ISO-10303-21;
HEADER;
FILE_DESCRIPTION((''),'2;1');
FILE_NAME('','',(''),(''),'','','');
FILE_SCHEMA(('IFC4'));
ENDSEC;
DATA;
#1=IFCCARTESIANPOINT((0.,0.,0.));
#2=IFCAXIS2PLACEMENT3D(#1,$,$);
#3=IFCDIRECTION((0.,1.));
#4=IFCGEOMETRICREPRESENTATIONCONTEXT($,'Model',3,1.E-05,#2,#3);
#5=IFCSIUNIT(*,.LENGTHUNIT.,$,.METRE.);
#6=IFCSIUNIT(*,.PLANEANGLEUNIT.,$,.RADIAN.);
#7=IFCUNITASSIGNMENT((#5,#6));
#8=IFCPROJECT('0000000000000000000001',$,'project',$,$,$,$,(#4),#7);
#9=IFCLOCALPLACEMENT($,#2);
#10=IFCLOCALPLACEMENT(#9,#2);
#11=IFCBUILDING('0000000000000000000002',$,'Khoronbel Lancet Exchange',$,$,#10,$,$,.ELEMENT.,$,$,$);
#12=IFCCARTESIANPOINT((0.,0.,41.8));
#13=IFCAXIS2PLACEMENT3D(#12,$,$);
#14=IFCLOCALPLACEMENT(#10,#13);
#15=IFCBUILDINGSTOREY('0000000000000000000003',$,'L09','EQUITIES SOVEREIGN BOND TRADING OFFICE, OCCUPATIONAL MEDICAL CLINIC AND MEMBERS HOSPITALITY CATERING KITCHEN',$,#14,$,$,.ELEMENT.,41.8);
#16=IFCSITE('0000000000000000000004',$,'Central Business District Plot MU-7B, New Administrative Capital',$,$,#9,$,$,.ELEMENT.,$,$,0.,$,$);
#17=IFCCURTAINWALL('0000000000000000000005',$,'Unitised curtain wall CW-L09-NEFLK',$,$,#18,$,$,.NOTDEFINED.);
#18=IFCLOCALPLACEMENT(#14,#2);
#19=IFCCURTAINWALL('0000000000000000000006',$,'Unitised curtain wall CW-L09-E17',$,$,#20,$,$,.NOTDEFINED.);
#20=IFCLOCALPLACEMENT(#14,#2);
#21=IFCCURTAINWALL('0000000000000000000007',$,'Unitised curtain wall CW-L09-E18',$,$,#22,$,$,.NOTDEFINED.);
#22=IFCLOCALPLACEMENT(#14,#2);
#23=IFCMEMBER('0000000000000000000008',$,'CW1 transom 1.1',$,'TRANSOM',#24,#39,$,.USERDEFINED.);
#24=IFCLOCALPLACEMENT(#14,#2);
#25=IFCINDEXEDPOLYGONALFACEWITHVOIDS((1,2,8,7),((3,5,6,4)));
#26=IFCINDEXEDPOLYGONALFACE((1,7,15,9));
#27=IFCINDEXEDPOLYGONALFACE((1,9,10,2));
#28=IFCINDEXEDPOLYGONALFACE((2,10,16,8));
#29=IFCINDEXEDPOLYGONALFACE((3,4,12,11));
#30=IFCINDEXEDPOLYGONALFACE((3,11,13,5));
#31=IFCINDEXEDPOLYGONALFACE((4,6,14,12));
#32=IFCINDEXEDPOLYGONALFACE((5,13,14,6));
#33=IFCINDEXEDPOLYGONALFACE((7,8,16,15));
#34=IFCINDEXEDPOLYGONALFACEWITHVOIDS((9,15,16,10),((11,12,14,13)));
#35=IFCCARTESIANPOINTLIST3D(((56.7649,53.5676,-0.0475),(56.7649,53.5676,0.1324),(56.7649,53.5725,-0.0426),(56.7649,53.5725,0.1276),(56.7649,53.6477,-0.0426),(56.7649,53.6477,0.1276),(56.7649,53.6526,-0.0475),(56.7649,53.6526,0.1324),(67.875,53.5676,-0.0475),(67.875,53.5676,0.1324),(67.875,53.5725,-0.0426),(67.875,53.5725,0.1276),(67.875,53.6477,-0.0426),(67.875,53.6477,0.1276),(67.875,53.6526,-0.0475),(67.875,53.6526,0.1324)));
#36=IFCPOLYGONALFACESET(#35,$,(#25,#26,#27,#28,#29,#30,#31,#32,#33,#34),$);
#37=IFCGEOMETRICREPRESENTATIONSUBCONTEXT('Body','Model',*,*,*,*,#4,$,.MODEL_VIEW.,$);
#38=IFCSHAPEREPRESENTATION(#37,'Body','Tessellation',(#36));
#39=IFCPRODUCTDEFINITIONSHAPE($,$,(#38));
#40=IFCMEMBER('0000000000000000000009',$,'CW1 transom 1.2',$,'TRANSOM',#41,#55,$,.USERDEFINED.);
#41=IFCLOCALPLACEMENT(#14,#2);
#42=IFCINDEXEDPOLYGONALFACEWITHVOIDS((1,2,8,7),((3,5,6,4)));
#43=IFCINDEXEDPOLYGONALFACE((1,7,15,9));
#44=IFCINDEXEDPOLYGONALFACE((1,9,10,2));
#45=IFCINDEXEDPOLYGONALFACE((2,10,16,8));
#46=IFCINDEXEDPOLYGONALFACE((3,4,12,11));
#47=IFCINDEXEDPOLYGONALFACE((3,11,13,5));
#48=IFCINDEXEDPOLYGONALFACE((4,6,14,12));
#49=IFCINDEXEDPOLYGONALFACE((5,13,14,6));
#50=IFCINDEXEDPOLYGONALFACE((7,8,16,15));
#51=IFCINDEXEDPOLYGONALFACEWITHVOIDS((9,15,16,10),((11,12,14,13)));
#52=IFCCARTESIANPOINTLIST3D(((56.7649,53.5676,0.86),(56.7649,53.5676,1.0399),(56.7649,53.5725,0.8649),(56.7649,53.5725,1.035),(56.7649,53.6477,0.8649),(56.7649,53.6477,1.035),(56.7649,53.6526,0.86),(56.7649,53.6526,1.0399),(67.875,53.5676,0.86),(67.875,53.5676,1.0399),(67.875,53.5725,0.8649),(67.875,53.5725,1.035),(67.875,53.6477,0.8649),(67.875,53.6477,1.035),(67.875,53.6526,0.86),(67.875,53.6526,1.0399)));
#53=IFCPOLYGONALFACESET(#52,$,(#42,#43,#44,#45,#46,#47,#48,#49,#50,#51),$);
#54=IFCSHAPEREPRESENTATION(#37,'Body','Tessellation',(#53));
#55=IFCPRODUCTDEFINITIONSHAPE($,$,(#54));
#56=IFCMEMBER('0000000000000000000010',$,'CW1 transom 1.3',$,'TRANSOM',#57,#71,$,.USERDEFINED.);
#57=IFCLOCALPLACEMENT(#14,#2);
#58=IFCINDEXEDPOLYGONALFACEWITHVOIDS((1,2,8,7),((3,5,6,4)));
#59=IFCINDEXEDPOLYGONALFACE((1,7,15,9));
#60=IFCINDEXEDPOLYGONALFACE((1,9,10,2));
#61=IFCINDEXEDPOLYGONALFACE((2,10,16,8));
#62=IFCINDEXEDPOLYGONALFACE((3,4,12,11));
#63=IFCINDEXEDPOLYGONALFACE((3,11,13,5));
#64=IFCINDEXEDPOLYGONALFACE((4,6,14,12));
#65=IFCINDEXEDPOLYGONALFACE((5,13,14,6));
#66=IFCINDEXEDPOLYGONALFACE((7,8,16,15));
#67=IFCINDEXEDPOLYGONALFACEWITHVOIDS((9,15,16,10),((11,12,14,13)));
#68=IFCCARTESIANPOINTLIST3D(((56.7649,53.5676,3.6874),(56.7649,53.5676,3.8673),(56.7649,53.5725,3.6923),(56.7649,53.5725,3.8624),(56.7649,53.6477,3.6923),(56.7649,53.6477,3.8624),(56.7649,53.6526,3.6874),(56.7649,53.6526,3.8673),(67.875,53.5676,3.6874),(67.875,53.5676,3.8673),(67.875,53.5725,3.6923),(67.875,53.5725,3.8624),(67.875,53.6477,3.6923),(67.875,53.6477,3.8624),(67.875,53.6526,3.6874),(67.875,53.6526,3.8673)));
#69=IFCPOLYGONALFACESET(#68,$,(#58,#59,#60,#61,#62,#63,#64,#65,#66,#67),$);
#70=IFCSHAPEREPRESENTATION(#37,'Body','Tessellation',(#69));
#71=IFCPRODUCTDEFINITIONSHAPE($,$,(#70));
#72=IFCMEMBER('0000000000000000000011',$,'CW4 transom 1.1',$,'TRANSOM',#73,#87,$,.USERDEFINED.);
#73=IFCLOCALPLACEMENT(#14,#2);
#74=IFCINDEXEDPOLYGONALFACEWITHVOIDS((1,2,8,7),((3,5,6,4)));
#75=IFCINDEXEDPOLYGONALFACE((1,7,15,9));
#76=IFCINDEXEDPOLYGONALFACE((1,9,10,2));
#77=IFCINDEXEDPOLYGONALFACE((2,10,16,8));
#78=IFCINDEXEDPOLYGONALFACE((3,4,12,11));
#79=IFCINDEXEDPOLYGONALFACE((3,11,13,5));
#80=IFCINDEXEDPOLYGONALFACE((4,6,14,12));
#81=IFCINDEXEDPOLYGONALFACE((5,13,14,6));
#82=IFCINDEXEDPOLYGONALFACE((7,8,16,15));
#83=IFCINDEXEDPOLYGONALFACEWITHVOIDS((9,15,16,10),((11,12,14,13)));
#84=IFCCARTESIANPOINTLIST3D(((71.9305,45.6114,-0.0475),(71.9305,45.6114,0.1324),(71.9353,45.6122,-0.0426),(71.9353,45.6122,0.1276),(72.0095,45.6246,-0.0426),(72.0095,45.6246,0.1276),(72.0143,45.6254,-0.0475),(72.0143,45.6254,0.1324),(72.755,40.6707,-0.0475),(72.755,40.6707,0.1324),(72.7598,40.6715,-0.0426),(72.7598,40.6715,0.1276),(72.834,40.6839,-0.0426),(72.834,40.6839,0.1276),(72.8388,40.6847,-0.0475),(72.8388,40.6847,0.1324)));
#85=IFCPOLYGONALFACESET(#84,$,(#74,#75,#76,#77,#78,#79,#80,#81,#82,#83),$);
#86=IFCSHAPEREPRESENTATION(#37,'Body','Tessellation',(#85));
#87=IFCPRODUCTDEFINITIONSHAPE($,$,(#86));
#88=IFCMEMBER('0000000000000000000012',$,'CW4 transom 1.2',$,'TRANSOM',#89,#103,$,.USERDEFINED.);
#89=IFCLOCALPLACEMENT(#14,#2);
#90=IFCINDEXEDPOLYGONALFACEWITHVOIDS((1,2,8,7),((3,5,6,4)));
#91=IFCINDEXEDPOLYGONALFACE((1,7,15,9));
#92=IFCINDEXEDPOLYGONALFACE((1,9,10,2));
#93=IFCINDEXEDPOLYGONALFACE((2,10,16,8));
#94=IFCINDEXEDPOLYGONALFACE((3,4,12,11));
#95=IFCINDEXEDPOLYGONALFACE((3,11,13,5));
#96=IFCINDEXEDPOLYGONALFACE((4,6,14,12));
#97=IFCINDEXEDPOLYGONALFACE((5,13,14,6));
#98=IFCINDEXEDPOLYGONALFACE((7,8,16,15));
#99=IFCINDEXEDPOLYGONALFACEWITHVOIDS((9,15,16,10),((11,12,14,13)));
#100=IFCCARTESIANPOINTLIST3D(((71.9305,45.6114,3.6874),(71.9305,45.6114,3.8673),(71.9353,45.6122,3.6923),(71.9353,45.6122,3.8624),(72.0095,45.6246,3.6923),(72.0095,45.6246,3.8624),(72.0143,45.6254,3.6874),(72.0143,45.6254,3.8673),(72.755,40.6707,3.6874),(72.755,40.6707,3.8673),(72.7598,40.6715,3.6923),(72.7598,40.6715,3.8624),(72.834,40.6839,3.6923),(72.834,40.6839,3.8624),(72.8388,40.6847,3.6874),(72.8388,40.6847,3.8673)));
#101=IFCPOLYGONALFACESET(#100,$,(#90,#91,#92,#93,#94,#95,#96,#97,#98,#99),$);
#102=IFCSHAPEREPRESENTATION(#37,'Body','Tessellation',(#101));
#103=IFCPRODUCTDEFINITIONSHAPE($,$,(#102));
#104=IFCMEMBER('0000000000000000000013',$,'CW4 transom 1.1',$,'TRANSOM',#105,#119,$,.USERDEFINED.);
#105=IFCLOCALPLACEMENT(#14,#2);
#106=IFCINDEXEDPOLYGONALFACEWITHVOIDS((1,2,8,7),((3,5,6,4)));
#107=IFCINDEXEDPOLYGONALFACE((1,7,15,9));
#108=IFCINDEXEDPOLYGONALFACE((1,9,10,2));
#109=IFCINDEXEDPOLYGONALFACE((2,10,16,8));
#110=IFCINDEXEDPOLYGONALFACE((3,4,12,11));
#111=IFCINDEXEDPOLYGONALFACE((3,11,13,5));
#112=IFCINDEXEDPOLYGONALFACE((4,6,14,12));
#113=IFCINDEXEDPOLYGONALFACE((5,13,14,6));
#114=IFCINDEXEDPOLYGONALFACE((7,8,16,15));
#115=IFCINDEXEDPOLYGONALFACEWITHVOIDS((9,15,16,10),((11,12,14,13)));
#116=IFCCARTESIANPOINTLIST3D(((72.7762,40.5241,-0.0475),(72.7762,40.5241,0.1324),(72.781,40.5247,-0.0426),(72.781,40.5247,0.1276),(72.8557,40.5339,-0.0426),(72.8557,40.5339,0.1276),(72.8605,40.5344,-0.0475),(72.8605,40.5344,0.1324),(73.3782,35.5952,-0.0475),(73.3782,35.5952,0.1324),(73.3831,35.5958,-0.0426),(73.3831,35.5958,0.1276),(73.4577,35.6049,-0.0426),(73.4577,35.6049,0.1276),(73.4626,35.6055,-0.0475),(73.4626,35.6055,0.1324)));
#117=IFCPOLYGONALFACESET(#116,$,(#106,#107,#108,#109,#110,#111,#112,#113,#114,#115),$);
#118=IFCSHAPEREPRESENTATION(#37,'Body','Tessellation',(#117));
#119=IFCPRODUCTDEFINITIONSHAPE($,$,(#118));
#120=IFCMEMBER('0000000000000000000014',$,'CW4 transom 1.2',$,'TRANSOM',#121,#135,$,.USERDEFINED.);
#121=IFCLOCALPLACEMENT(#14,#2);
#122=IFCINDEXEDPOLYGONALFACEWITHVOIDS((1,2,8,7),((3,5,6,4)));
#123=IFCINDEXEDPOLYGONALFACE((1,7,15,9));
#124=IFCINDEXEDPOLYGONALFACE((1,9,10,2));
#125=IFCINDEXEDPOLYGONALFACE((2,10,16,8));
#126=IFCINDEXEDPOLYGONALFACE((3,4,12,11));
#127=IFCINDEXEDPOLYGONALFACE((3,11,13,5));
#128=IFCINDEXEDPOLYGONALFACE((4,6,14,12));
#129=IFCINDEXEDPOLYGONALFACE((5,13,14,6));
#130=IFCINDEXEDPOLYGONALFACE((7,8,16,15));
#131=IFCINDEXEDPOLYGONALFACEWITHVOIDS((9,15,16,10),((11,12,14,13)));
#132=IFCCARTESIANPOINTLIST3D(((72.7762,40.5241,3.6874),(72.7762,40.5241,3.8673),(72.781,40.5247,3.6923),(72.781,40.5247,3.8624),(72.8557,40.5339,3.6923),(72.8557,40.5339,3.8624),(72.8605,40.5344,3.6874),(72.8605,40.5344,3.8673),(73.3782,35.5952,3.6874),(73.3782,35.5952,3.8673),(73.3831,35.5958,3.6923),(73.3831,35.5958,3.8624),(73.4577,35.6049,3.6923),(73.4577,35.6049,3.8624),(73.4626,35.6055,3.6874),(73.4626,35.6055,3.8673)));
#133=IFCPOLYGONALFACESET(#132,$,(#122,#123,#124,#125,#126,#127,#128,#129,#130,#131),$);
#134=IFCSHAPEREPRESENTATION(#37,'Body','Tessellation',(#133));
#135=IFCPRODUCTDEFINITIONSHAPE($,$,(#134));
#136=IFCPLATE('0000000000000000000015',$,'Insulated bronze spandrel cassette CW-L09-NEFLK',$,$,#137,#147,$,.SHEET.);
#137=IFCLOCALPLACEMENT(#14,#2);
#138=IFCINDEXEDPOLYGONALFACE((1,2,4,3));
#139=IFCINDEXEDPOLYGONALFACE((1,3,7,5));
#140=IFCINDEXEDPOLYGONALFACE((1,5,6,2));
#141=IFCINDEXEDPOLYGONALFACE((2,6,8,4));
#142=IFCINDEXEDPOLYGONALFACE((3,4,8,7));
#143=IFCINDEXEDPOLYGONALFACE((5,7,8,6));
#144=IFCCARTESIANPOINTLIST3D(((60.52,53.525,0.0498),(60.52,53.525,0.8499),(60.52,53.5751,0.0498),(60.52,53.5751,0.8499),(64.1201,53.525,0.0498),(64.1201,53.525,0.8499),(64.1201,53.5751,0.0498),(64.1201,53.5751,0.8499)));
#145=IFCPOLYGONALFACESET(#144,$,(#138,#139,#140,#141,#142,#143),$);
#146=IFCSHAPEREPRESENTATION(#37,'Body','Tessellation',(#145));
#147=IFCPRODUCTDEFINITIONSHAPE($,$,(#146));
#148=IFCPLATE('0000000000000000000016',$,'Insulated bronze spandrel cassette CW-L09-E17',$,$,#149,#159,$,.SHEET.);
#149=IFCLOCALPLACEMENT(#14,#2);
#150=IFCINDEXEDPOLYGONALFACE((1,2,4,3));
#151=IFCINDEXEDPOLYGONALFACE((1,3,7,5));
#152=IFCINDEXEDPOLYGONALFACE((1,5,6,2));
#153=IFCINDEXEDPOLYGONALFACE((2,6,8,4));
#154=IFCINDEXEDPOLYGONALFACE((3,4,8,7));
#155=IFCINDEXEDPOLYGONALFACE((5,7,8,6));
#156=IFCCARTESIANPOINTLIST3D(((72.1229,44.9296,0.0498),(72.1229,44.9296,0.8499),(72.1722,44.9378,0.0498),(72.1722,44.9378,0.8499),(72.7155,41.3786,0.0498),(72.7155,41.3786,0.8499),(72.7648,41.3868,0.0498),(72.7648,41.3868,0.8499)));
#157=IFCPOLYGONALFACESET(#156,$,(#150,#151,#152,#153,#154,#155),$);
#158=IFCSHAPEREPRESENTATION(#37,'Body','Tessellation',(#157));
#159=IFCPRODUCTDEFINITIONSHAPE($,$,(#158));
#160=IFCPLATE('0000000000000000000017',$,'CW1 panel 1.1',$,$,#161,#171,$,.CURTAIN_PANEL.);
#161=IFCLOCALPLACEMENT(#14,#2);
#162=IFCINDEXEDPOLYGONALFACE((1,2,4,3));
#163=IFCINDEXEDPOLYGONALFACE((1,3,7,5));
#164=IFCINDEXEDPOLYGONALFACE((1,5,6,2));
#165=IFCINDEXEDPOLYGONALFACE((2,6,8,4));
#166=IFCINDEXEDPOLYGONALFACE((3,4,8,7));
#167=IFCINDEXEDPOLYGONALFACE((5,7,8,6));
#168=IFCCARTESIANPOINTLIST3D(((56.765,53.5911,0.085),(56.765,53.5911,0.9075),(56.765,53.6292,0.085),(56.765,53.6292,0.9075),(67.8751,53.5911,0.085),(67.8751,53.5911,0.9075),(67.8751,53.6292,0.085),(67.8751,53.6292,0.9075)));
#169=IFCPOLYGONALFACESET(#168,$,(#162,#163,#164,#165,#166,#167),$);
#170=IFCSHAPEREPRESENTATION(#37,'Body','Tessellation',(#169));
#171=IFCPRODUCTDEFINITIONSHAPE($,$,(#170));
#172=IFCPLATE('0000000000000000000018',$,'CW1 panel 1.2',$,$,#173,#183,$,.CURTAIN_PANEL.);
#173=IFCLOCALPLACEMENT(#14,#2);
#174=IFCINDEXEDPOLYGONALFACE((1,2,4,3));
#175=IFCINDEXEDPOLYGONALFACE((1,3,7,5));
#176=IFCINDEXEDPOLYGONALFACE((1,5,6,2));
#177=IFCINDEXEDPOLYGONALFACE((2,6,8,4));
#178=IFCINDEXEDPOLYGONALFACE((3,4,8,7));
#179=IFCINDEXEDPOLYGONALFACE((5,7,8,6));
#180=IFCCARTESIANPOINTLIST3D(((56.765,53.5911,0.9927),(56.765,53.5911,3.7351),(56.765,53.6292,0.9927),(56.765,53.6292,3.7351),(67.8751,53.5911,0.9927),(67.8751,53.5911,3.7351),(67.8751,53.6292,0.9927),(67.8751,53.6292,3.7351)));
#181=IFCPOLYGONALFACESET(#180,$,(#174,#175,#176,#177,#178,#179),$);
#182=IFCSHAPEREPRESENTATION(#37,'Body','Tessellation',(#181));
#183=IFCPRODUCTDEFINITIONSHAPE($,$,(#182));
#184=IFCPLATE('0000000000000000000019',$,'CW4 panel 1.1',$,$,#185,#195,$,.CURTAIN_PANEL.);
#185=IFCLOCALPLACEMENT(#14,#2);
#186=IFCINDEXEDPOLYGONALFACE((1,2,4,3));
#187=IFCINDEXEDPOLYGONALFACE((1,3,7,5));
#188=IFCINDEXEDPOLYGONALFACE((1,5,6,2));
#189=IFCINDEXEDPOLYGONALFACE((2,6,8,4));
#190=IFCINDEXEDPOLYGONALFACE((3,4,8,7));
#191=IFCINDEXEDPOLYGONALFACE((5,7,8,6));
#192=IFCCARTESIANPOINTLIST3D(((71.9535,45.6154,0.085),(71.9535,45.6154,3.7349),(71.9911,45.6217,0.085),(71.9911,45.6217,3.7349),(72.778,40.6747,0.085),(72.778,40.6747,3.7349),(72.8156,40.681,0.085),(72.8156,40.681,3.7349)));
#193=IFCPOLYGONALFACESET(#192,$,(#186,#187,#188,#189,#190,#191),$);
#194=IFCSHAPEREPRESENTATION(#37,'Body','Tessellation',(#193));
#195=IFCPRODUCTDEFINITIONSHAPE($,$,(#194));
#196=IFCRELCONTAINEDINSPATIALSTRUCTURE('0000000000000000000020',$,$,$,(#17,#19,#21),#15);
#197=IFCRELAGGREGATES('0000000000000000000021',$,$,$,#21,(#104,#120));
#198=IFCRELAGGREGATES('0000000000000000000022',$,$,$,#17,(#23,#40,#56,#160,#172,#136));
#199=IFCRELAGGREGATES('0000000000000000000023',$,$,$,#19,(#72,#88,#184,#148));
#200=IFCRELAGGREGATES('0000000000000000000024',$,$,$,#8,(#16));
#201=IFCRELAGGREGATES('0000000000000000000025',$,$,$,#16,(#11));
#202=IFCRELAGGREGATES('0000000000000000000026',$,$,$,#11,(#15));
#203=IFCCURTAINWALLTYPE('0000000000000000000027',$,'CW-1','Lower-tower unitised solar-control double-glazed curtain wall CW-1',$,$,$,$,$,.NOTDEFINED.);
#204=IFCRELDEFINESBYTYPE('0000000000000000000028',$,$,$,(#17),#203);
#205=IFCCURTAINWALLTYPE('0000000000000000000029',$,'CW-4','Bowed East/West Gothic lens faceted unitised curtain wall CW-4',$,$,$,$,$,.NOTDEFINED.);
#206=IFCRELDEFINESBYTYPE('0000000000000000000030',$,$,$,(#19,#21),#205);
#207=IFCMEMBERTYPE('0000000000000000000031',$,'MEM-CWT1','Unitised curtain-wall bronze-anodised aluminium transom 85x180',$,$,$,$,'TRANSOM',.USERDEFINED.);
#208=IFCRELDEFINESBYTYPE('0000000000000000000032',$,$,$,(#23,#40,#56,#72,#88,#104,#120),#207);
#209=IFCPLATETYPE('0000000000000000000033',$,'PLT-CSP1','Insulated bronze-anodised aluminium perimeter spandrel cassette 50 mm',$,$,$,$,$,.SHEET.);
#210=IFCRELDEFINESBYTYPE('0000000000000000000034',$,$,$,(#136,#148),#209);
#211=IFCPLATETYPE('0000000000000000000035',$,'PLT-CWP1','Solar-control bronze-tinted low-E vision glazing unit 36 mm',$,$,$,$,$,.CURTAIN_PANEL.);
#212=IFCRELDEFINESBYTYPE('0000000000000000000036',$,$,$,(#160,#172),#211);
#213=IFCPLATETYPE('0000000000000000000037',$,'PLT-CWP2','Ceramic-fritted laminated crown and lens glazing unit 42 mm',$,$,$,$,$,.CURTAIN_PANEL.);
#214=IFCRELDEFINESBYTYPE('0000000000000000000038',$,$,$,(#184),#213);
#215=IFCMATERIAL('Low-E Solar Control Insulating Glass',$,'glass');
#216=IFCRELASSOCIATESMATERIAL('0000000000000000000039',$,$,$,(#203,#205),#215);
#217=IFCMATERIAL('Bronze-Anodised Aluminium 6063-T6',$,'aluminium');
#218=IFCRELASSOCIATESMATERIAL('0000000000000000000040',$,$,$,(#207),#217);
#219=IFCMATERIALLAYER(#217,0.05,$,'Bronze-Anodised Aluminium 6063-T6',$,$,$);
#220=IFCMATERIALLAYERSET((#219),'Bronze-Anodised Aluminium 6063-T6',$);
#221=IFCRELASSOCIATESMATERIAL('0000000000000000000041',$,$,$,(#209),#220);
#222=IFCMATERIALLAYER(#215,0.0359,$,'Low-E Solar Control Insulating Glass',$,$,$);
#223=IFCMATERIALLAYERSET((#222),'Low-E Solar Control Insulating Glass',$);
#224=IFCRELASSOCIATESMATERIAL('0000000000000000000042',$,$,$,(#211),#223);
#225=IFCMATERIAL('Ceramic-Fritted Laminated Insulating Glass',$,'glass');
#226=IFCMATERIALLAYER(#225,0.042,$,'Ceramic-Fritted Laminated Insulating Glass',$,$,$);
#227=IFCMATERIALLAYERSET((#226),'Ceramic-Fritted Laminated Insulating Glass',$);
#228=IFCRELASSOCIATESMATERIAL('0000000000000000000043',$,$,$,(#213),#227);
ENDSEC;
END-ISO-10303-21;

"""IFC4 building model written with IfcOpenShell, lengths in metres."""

from ifc_helpers import new_model, si_unit, direction, frame, origin, origin_2d, place, context, subcontext, project, spatial, rectangle, hollow_rectangle, extrude, material, layer, layer_set, material_profile, profile_set, type_object, element, aggregate, save


model = new_model("IFC4")

# Units and contexts
model_context = context("Model", 3, precision=1e-05, world=origin(), true_north=direction((0.0, 1.0)))
body_context = subcontext(model_context, "Body", "Model", "MODEL_VIEW")
ifc_project = project(units=[si_unit("LENGTHUNIT", "METRE"), si_unit("PLANEANGLEUNIT", "RADIAN")], contexts=[model_context])

# Site, building, storey
site_placement = place(None, origin())
site = spatial("IfcSite", under=ifc_project, at=site_placement, Name="Central Business District Plot MU-7B, New Administrative Capital", CompositionType="ELEMENT", RefElevation=0.0)
building_placement = place(site_placement, origin())
building = spatial("IfcBuilding", under=site, at=building_placement, Name="Khoronbel Lancet Exchange", CompositionType="ELEMENT")
storey_placement = place(building_placement, frame((0.0, 0.0, 41.8)))
storey = spatial("IfcBuildingStorey", under=building, at=storey_placement, Name="L09", Description="EQUITIES SOVEREIGN BOND TRADING OFFICE, OCCUPATIONAL MEDICAL CLINIC AND MEMBERS HOSPITALITY CATERING KITCHEN", CompositionType="ELEMENT", Elevation=41.8)

# Curtain walls
ifc_material_1 = material(Name="Low-E Solar Control Insulating Glass", Category="glass")
curtain_wall_type_1 = type_object("IfcCurtainWallType", Name="CW-1", Description="Lower-tower unitised solar-control double-glazed curtain wall CW-1", PredefinedType="NOTDEFINED", material=ifc_material_1)
curtain_wall_1_placement = place(storey_placement, origin())
curtain_wall_1 = element("IfcCurtainWall", 1, at=curtain_wall_1_placement, inside=storey, type_object=curtain_wall_type_1, Name="Unitised curtain wall CW-L09-NEFLK", PredefinedType="NOTDEFINED")
ifc_material_2 = material(Name="Bronze-Anodised Aluminium 6063-T6", Category="aluminium")
curtain_wall_type_2 = type_object("IfcCurtainWallType", Name="CW-4", Description="Bowed East/West Gothic lens faceted unitised curtain wall CW-4", PredefinedType="NOTDEFINED", material=ifc_material_1)
curtain_wall_2_placement = place(storey_placement, origin())
curtain_wall_2 = element("IfcCurtainWall", 2, at=curtain_wall_2_placement, inside=storey, type_object=curtain_wall_type_2, Name="Unitised curtain wall CW-L09-E17", PredefinedType="NOTDEFINED")

# Curtain wall
curtain_wall_3_placement = place(storey_placement, origin())
curtain_wall_3 = element("IfcCurtainWall", 3, at=curtain_wall_3_placement, inside=storey, type_object=curtain_wall_type_2, Name="Unitised curtain wall CW-L09-E18", PredefinedType="NOTDEFINED")

# Members
ifc_material_profile_1 = material_profile(ifc_material_2, hollow_rectangle(XDim=0.085, YDim=0.1799, WallThickness=0.0049, at=origin_2d()), Name="ALU TRANSOM 85x180")
ifc_profile_set_1 = profile_set([ifc_material_profile_1], Name="Bronze-Anodised Aluminium 6063-T6")
member_type_1 = type_object("IfcMemberType", Name="MEM-CWT1", Description="Unitised curtain-wall bronze-anodised aluminium transom 85x180", ElementType="TRANSOM", PredefinedType="USERDEFINED", material=ifc_profile_set_1)
member_1_placement = place(storey_placement, frame((67.875, 53.6101, 0.0425), z_axis=(-1.0, 0.0, 0.0), x_axis=(0.0, -1.0, 0.0)))
member_1 = element("IfcMember", 4, at=member_1_placement, type_object=member_type_1, Name="CW1 transom 1.1", ObjectType="TRANSOM", PredefinedType="USERDEFINED", context=body_context, shape_type="SweptSolid", body=[
    extrude(hollow_rectangle(XDim=0.085, YDim=0.1799, WallThickness=0.0049, at=origin_2d()), origin(), (0.0, 0.0, 1.0), 11.1101),
])
member_2_placement = place(storey_placement, frame((67.875, 53.6101, 0.95), z_axis=(-1.0, 0.0, 0.0), x_axis=(0.0, -1.0, 0.0)))
member_2 = element("IfcMember", 5, at=member_2_placement, type_object=member_type_1, Name="CW1 transom 1.2", ObjectType="TRANSOM", PredefinedType="USERDEFINED", context=body_context, shape_type="SweptSolid", body=[
    extrude(hollow_rectangle(XDim=0.085, YDim=0.1799, WallThickness=0.0049, at=origin_2d()), origin(), (0.0, 0.0, 1.0), 11.1101),
])
member_3_placement = place(storey_placement, frame((67.875, 53.6101, 3.7773), z_axis=(-1.0, 0.0, 0.0), x_axis=(0.0, -1.0, 0.0)))
member_3 = element("IfcMember", 6, at=member_3_placement, type_object=member_type_1, Name="CW1 transom 1.3", ObjectType="TRANSOM", PredefinedType="USERDEFINED", context=body_context, shape_type="SweptSolid", body=[
    extrude(hollow_rectangle(XDim=0.085, YDim=0.1799, WallThickness=0.0049, at=origin_2d()), origin(), (0.0, 0.0, 1.0), 11.1101),
])
member_4_placement = place(storey_placement, frame((71.9724, 45.6184, 0.0425), z_axis=(0.164597, -0.986361, 0.0), x_axis=(0.986361, 0.164597, 0.0)))
member_4 = element("IfcMember", 7, at=member_4_placement, type_object=member_type_1, Name="CW4 transom 1.1", ObjectType="TRANSOM", PredefinedType="USERDEFINED", context=body_context, shape_type="SweptSolid", body=[
    extrude(hollow_rectangle(XDim=0.085, YDim=0.1799, WallThickness=0.0049, at=origin_2d()), origin(), (0.0, 0.0, 1.0), 5.009),
])
member_5_placement = place(storey_placement, frame((71.9724, 45.6184, 3.7773), z_axis=(0.164597, -0.986361, 0.0), x_axis=(0.986361, 0.164597, 0.0)))
member_5 = element("IfcMember", 8, at=member_5_placement, type_object=member_type_1, Name="CW4 transom 1.2", ObjectType="TRANSOM", PredefinedType="USERDEFINED", context=body_context, shape_type="SweptSolid", body=[
    extrude(hollow_rectangle(XDim=0.085, YDim=0.1799, WallThickness=0.0049, at=origin_2d()), origin(), (0.0, 0.0, 1.0), 5.009),
])
member_6_placement = place(storey_placement, frame((72.8184, 40.5293, 0.0425), z_axis=(0.121245, -0.992623, 0.0), x_axis=(0.992623, 0.121245, 0.0)))
member_6 = element("IfcMember", 9, at=member_6_placement, type_object=member_type_1, Name="CW4 transom 1.1", ObjectType="TRANSOM", PredefinedType="USERDEFINED", context=body_context, shape_type="SweptSolid", body=[
    extrude(hollow_rectangle(XDim=0.085, YDim=0.1799, WallThickness=0.0049, at=origin_2d()), origin(), (0.0, 0.0, 1.0), 4.9656),
])
member_7_placement = place(storey_placement, frame((72.8184, 40.5293, 3.7773), z_axis=(0.121245, -0.992623, 0.0), x_axis=(0.992623, 0.121245, 0.0)))
member_7 = element("IfcMember", 10, at=member_7_placement, type_object=member_type_1, Name="CW4 transom 1.2", ObjectType="TRANSOM", PredefinedType="USERDEFINED", context=body_context, shape_type="SweptSolid", body=[
    extrude(hollow_rectangle(XDim=0.085, YDim=0.1799, WallThickness=0.0049, at=origin_2d()), origin(), (0.0, 0.0, 1.0), 4.9656),
])
aggregate(curtain_wall_3, [member_6, member_7])

# Plates
ifc_layer_1 = layer(ifc_material_2, 0.05, Name="Bronze-Anodised Aluminium 6063-T6")
ifc_layer_set_1 = layer_set([ifc_layer_1], Name="Bronze-Anodised Aluminium 6063-T6")
plate_type_1 = type_object("IfcPlateType", Name="PLT-CSP1", Description="Insulated bronze-anodised aluminium perimeter spandrel cassette 50 mm", PredefinedType="SHEET", material=ifc_layer_set_1)
plate_1_placement = place(storey_placement, frame((62.3201, 53.55, 0.0498), z_axis=(0.0, 0.0, 1.0), x_axis=(-1.0, 0.0, 0.0)))
plate_1 = element("IfcPlate", 11, at=plate_1_placement, type_object=plate_type_1, Name="Insulated bronze spandrel cassette CW-L09-NEFLK", PredefinedType="SHEET", context=body_context, shape_type="SweptSolid", body=[
    extrude(rectangle(XDim=3.6001, YDim=0.05, at=origin_2d()), origin(), (0.0, 0.0, 1.0), 0.8),
])
plate_2_placement = place(storey_placement, frame((72.4438, 43.1582, 0.0498), z_axis=(0.0, 0.0, 1.0), x_axis=(0.164603, -0.98636, 0.0)))
plate_2 = element("IfcPlate", 12, at=plate_2_placement, type_object=plate_type_1, Name="Insulated bronze spandrel cassette CW-L09-E17", PredefinedType="SHEET", context=body_context, shape_type="SweptSolid", body=[
    extrude(rectangle(XDim=3.6001, YDim=0.05, at=origin_2d()), origin(), (0.0, 0.0, 1.0), 0.8),
])
ifc_layer_2 = layer(ifc_material_1, 0.0359, Name="Low-E Solar Control Insulating Glass")
ifc_layer_set_2 = layer_set([ifc_layer_2], Name="Low-E Solar Control Insulating Glass")
plate_type_2 = type_object("IfcPlateType", Name="PLT-CWP1", Description="Solar-control bronze-tinted low-E vision glazing unit 36 mm", PredefinedType="CURTAIN_PANEL", material=ifc_layer_set_2)
plate_3_placement = place(storey_placement, frame((62.3201, 53.6101, 0.085), z_axis=(0.0, 0.0, 1.0), x_axis=(-1.0, 0.0, 0.0)))
plate_3 = element("IfcPlate", 13, at=plate_3_placement, type_object=plate_type_2, Name="CW1 panel 1.1", PredefinedType="CURTAIN_PANEL", context=body_context, shape_type="SweptSolid", body=[
    extrude(rectangle(XDim=11.1101, YDim=0.0381, at=origin_2d()), origin(), (0.0, 0.0, 1.0), 0.8225),
])
plate_4_placement = place(storey_placement, frame((62.3201, 53.6101, 0.9927), z_axis=(0.0, 0.0, 1.0), x_axis=(-1.0, 0.0, 0.0)))
plate_4 = element("IfcPlate", 14, at=plate_4_placement, type_object=plate_type_2, Name="CW1 panel 1.2", PredefinedType="CURTAIN_PANEL", context=body_context, shape_type="SweptSolid", body=[
    extrude(rectangle(XDim=11.1101, YDim=0.0381, at=origin_2d()), origin(), (0.0, 0.0, 1.0), 2.7424),
])
aggregate(curtain_wall_1, [member_1, member_2, member_3, plate_3, plate_4, plate_1])
ifc_material_3 = material(Name="Ceramic-Fritted Laminated Insulating Glass", Category="glass")
ifc_layer_3 = layer(ifc_material_3, 0.042, Name="Ceramic-Fritted Laminated Insulating Glass")
ifc_layer_set_3 = layer_set([ifc_layer_3], Name="Ceramic-Fritted Laminated Insulating Glass")
plate_type_3 = type_object("IfcPlateType", Name="PLT-CWP2", Description="Ceramic-fritted laminated crown and lens glazing unit 42 mm", PredefinedType="CURTAIN_PANEL", material=ifc_layer_set_3)
plate_5_placement = place(storey_placement, frame((72.3845, 43.1482, 0.085), z_axis=(0.0, 0.0, 1.0), x_axis=(0.164603, -0.98636, 0.0)))
plate_5 = element("IfcPlate", 15, at=plate_5_placement, type_object=plate_type_3, Name="CW4 panel 1.1", PredefinedType="CURTAIN_PANEL", context=body_context, shape_type="SweptSolid", body=[
    extrude(rectangle(XDim=5.009, YDim=0.0381, at=origin_2d()), origin(), (0.0, 0.0, 1.0), 3.6499),
])
aggregate(curtain_wall_2, [member_4, member_5, plate_5, plate_2])

save(model, "model.ifc")
